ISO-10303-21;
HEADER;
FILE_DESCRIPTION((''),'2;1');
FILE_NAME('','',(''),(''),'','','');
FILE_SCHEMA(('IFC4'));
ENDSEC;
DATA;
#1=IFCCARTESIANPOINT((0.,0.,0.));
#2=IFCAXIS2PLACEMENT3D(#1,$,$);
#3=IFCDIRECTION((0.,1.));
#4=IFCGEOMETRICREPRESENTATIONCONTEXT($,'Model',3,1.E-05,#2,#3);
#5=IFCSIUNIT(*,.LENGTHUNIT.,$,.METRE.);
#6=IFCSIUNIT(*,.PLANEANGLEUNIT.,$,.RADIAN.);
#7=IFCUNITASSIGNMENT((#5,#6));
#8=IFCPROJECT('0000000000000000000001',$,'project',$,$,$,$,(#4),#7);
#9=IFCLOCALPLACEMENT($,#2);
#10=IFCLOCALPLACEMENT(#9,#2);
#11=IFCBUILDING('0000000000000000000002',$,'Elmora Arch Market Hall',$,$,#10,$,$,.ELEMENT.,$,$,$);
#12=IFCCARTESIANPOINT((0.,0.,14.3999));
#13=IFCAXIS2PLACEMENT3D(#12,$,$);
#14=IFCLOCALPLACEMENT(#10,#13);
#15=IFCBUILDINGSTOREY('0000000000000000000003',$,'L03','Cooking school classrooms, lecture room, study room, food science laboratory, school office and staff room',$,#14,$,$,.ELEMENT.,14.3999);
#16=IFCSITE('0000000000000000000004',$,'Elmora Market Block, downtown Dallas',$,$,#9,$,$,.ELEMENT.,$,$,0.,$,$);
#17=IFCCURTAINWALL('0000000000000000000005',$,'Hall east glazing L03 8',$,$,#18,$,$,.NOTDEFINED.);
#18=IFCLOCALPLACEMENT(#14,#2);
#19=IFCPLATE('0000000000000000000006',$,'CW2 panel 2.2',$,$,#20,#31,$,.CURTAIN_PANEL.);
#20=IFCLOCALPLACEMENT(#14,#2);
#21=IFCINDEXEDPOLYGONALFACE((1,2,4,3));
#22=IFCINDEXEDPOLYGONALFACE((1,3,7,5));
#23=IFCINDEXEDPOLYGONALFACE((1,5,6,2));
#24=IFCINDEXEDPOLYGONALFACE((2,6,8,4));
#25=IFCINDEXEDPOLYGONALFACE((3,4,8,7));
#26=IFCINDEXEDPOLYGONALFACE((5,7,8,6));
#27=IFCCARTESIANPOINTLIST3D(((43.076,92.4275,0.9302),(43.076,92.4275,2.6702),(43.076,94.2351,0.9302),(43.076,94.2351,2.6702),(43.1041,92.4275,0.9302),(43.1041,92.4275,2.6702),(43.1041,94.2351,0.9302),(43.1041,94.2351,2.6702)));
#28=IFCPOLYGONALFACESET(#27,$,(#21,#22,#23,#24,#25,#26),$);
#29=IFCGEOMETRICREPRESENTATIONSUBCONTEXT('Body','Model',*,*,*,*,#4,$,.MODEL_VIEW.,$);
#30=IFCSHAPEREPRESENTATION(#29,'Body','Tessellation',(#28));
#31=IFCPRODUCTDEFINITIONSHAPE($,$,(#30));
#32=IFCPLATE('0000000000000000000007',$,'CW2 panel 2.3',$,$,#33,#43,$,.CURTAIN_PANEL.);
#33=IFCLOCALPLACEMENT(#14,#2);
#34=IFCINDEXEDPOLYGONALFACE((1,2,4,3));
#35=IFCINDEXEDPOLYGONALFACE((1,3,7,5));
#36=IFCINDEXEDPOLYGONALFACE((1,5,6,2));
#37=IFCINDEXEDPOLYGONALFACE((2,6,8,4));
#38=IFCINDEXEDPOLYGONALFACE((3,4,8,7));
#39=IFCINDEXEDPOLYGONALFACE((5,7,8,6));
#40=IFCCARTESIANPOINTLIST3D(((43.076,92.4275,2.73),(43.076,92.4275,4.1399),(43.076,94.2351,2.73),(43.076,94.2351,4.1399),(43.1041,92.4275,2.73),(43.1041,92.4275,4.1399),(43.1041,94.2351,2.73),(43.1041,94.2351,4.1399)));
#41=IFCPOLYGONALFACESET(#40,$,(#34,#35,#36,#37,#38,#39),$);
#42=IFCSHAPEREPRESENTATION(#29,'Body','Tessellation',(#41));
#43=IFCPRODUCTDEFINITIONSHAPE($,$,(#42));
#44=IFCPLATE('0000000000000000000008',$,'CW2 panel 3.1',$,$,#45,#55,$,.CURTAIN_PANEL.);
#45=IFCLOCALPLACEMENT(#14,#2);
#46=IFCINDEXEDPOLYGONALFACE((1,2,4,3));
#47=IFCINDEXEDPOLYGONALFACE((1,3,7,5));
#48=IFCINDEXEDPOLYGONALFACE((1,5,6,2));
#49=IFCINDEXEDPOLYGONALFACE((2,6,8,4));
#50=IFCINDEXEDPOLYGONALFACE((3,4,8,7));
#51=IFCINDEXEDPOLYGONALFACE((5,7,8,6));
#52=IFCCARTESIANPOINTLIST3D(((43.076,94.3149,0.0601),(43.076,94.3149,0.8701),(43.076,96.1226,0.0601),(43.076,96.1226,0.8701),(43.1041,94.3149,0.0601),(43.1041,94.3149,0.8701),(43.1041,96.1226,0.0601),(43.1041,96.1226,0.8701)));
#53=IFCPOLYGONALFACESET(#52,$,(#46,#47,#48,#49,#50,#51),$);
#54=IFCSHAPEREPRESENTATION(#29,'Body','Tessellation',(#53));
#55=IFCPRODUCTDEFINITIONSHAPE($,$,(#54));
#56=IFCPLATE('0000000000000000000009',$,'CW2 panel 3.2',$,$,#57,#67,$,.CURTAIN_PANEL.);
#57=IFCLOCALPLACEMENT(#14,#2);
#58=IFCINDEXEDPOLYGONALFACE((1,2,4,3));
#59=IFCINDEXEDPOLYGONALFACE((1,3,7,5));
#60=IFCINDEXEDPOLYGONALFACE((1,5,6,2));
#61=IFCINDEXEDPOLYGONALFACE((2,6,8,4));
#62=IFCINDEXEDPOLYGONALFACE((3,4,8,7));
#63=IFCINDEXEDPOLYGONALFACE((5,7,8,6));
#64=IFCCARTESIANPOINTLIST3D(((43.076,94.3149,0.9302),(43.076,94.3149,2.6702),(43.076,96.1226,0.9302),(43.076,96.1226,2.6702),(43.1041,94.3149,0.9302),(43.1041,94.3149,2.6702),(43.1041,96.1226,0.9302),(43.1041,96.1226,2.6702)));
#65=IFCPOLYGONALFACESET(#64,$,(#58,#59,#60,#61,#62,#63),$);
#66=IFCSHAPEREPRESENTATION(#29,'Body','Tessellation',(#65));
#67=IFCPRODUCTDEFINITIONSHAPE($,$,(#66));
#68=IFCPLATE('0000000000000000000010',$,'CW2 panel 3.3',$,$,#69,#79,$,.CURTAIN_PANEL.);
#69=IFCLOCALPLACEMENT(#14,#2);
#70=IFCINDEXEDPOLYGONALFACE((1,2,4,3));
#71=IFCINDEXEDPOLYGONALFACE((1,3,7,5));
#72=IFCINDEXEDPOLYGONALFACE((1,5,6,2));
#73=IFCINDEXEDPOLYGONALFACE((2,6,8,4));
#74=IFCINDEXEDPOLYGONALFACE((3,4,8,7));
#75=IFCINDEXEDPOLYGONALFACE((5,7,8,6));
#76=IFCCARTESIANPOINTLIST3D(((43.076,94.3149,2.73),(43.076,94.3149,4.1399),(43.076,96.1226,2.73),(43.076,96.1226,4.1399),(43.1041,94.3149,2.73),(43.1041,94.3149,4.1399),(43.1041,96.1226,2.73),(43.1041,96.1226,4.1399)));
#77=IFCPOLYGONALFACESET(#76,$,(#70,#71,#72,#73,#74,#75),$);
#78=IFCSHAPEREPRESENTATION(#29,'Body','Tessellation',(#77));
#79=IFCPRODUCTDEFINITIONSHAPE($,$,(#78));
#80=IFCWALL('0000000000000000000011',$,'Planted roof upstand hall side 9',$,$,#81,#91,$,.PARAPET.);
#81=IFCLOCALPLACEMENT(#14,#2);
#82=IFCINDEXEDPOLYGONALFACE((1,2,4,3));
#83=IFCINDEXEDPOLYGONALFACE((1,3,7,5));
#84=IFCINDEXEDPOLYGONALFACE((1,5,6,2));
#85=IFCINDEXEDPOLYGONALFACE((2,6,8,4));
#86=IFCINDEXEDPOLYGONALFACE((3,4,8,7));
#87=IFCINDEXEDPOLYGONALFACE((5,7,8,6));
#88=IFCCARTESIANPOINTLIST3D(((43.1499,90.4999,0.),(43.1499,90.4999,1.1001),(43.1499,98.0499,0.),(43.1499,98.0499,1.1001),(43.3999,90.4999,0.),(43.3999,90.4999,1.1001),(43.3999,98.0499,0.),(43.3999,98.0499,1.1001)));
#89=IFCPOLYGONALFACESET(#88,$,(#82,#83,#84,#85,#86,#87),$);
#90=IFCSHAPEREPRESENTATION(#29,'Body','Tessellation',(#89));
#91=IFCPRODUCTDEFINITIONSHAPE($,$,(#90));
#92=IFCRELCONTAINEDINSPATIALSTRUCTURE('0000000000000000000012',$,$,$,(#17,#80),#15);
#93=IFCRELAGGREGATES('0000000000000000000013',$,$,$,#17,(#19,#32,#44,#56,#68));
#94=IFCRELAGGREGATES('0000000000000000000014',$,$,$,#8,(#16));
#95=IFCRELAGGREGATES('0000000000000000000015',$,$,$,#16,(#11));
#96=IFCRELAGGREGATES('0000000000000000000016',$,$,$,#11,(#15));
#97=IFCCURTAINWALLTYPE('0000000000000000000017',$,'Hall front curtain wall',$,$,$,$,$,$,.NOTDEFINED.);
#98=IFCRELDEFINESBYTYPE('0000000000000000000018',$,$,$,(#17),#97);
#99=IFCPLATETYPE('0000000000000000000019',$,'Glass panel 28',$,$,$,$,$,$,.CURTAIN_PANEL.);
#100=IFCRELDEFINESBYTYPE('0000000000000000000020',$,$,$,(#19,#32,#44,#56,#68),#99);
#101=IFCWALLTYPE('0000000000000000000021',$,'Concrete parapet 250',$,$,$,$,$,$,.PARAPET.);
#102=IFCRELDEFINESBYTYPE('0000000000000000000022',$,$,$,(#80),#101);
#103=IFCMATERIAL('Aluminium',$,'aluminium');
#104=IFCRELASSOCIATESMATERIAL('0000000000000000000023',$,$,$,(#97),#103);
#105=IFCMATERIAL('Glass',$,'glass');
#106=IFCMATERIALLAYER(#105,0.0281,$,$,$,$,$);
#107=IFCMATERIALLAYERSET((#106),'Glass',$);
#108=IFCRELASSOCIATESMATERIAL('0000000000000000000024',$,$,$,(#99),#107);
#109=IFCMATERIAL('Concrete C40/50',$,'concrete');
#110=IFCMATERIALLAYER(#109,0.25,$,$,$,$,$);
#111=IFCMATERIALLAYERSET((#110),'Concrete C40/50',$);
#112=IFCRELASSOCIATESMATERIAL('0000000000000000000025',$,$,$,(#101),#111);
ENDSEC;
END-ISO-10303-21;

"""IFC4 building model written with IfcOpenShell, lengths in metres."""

from ifc_helpers import new_model, si_unit, direction, frame, frame_2d, origin, origin_2d, place, context, subcontext, project, spatial, rectangle, extrude, material, layer, layer_set, type_object, element, aggregate, save


model = new_model("IFC4")

# Units and contexts
model_context = context("Model", 3, precision=1e-05, world=origin(), true_north=direction((0.0, 1.0)))
body_context = subcontext(model_context, "Body", "Model", "MODEL_VIEW")
ifc_project = project(units=[si_unit("LENGTHUNIT", "METRE"), si_unit("PLANEANGLEUNIT", "RADIAN")], contexts=[model_context])

# Site, building, storey
site_placement = place(None, origin())
site = spatial("IfcSite", under=ifc_project, at=site_placement, Name="Elmora Market Block, downtown Dallas", CompositionType="ELEMENT", RefElevation=0.0)
building_placement = place(site_placement, origin())
building = spatial("IfcBuilding", under=site, at=building_placement, Name="Elmora Arch Market Hall", CompositionType="ELEMENT")
storey_placement = place(building_placement, frame((0.0, 0.0, 14.3999)))
storey = spatial("IfcBuildingStorey", under=building, at=storey_placement, Name="L03", Description="Cooking school classrooms, lecture room, study room, food science laboratory, school office and staff room", CompositionType="ELEMENT", Elevation=14.3999)

# Shared definitions
ifc_material_1 = material(Name="Aluminium", Category="aluminium")
curtain_wall_type = type_object("IfcCurtainWallType", Name="Hall front curtain wall", PredefinedType="NOTDEFINED", material=ifc_material_1)

# Curtain wall
curtain_wall_1_placement = place(storey_placement, origin())
curtain_wall_1 = element("IfcCurtainWall", 1, at=curtain_wall_1_placement, inside=storey, type_object=curtain_wall_type, Name="Hall east glazing L03 8", PredefinedType="NOTDEFINED")

# Plates
ifc_material_2 = material(Name="Glass", Category="glass")
ifc_layer_1 = layer(ifc_material_2, 0.0281)
ifc_layer_set_1 = layer_set([ifc_layer_1], Name="Glass")
plate_type = type_object("IfcPlateType", Name="Glass panel 28", PredefinedType="CURTAIN_PANEL", material=ifc_layer_set_1)
plate_1_placement = place(storey_placement, frame((43.0901, 93.3313, 0.9302), z_axis=(0.0, 0.0, 1.0), x_axis=(0.0, 1.0, 0.0)))
plate_1 = element("IfcPlate", 2, at=plate_1_placement, type_object=plate_type, Name="CW2 panel 2.2", PredefinedType="CURTAIN_PANEL", context=body_context, shape_type="SweptSolid", body=[
    extrude(rectangle(XDim=1.8076, YDim=0.0281, at=origin_2d()), origin(), (0.0, 0.0, 1.0), 1.74),
])
plate_2_placement = place(storey_placement, frame((43.0901, 93.3313, 2.73), z_axis=(0.0, 0.0, 1.0), x_axis=(0.0, 1.0, 0.0)))
plate_2 = element("IfcPlate", 3, at=plate_2_placement, type_object=plate_type, Name="CW2 panel 2.3", PredefinedType="CURTAIN_PANEL", context=body_context, shape_type="SweptSolid", body=[
    extrude(rectangle(XDim=1.8076, YDim=0.0281, at=origin_2d()), origin(), (0.0, 0.0, 1.0), 1.4099),
])
plate_3_placement = place(storey_placement, frame((43.0901, 95.2188, 0.0601), z_axis=(0.0, 0.0, 1.0), x_axis=(0.0, 1.0, 0.0)))
plate_3 = element("IfcPlate", 4, at=plate_3_placement, type_object=plate_type, Name="CW2 panel 3.1", PredefinedType="CURTAIN_PANEL", context=body_context, shape_type="SweptSolid", body=[
    extrude(rectangle(XDim=1.8076, YDim=0.0281, at=origin_2d()), origin(), (0.0, 0.0, 1.0), 0.8101),
])
plate_4_placement = place(storey_placement, frame((43.0901, 95.2188, 0.9302), z_axis=(0.0, 0.0, 1.0), x_axis=(0.0, 1.0, 0.0)))
plate_4 = element("IfcPlate", 5, at=plate_4_placement, type_object=plate_type, Name="CW2 panel 3.2", PredefinedType="CURTAIN_PANEL", context=body_context, shape_type="SweptSolid", body=[
    extrude(rectangle(XDim=1.8076, YDim=0.0281, at=origin_2d()), origin(), (0.0, 0.0, 1.0), 1.74),
])
plate_5_placement = place(storey_placement, frame((43.0901, 95.2188, 2.73), z_axis=(0.0, 0.0, 1.0), x_axis=(0.0, 1.0, 0.0)))
plate_5 = element("IfcPlate", 6, at=plate_5_placement, type_object=plate_type, Name="CW2 panel 3.3", PredefinedType="CURTAIN_PANEL", context=body_context, shape_type="SweptSolid", body=[
    extrude(rectangle(XDim=1.8076, YDim=0.0281, at=origin_2d()), origin(), (0.0, 0.0, 1.0), 1.4099),
])
aggregate(curtain_wall_1, [plate_1, plate_2, plate_3, plate_4, plate_5])

# Wall
ifc_material_3 = material(Name="Concrete C40/50", Category="concrete")
ifc_layer_2 = layer(ifc_material_3, 0.25)
ifc_layer_set_2 = layer_set([ifc_layer_2], Name="Concrete C40/50")
wall_type = type_object("IfcWallType", Name="Concrete parapet 250", PredefinedType="PARAPET", material=ifc_layer_set_2)
wall_placement = place(storey_placement, frame((43.2749, 90.5, 0.0), z_axis=(0.0, 0.0, 1.0), x_axis=(0.0, 1.0, 0.0)))
element("IfcWall", 7, at=wall_placement, inside=storey, type_object=wall_type, Name="Planted roof upstand hall side 9", PredefinedType="PARAPET", context=body_context, shape_type="SweptSolid", body=[
    extrude(rectangle(XDim=7.55, YDim=0.25, at=frame_2d((3.7749, 0.0))), origin(), (0.0, 0.0, 1.0), 1.1001),
])

save(model, "model.ifc")
